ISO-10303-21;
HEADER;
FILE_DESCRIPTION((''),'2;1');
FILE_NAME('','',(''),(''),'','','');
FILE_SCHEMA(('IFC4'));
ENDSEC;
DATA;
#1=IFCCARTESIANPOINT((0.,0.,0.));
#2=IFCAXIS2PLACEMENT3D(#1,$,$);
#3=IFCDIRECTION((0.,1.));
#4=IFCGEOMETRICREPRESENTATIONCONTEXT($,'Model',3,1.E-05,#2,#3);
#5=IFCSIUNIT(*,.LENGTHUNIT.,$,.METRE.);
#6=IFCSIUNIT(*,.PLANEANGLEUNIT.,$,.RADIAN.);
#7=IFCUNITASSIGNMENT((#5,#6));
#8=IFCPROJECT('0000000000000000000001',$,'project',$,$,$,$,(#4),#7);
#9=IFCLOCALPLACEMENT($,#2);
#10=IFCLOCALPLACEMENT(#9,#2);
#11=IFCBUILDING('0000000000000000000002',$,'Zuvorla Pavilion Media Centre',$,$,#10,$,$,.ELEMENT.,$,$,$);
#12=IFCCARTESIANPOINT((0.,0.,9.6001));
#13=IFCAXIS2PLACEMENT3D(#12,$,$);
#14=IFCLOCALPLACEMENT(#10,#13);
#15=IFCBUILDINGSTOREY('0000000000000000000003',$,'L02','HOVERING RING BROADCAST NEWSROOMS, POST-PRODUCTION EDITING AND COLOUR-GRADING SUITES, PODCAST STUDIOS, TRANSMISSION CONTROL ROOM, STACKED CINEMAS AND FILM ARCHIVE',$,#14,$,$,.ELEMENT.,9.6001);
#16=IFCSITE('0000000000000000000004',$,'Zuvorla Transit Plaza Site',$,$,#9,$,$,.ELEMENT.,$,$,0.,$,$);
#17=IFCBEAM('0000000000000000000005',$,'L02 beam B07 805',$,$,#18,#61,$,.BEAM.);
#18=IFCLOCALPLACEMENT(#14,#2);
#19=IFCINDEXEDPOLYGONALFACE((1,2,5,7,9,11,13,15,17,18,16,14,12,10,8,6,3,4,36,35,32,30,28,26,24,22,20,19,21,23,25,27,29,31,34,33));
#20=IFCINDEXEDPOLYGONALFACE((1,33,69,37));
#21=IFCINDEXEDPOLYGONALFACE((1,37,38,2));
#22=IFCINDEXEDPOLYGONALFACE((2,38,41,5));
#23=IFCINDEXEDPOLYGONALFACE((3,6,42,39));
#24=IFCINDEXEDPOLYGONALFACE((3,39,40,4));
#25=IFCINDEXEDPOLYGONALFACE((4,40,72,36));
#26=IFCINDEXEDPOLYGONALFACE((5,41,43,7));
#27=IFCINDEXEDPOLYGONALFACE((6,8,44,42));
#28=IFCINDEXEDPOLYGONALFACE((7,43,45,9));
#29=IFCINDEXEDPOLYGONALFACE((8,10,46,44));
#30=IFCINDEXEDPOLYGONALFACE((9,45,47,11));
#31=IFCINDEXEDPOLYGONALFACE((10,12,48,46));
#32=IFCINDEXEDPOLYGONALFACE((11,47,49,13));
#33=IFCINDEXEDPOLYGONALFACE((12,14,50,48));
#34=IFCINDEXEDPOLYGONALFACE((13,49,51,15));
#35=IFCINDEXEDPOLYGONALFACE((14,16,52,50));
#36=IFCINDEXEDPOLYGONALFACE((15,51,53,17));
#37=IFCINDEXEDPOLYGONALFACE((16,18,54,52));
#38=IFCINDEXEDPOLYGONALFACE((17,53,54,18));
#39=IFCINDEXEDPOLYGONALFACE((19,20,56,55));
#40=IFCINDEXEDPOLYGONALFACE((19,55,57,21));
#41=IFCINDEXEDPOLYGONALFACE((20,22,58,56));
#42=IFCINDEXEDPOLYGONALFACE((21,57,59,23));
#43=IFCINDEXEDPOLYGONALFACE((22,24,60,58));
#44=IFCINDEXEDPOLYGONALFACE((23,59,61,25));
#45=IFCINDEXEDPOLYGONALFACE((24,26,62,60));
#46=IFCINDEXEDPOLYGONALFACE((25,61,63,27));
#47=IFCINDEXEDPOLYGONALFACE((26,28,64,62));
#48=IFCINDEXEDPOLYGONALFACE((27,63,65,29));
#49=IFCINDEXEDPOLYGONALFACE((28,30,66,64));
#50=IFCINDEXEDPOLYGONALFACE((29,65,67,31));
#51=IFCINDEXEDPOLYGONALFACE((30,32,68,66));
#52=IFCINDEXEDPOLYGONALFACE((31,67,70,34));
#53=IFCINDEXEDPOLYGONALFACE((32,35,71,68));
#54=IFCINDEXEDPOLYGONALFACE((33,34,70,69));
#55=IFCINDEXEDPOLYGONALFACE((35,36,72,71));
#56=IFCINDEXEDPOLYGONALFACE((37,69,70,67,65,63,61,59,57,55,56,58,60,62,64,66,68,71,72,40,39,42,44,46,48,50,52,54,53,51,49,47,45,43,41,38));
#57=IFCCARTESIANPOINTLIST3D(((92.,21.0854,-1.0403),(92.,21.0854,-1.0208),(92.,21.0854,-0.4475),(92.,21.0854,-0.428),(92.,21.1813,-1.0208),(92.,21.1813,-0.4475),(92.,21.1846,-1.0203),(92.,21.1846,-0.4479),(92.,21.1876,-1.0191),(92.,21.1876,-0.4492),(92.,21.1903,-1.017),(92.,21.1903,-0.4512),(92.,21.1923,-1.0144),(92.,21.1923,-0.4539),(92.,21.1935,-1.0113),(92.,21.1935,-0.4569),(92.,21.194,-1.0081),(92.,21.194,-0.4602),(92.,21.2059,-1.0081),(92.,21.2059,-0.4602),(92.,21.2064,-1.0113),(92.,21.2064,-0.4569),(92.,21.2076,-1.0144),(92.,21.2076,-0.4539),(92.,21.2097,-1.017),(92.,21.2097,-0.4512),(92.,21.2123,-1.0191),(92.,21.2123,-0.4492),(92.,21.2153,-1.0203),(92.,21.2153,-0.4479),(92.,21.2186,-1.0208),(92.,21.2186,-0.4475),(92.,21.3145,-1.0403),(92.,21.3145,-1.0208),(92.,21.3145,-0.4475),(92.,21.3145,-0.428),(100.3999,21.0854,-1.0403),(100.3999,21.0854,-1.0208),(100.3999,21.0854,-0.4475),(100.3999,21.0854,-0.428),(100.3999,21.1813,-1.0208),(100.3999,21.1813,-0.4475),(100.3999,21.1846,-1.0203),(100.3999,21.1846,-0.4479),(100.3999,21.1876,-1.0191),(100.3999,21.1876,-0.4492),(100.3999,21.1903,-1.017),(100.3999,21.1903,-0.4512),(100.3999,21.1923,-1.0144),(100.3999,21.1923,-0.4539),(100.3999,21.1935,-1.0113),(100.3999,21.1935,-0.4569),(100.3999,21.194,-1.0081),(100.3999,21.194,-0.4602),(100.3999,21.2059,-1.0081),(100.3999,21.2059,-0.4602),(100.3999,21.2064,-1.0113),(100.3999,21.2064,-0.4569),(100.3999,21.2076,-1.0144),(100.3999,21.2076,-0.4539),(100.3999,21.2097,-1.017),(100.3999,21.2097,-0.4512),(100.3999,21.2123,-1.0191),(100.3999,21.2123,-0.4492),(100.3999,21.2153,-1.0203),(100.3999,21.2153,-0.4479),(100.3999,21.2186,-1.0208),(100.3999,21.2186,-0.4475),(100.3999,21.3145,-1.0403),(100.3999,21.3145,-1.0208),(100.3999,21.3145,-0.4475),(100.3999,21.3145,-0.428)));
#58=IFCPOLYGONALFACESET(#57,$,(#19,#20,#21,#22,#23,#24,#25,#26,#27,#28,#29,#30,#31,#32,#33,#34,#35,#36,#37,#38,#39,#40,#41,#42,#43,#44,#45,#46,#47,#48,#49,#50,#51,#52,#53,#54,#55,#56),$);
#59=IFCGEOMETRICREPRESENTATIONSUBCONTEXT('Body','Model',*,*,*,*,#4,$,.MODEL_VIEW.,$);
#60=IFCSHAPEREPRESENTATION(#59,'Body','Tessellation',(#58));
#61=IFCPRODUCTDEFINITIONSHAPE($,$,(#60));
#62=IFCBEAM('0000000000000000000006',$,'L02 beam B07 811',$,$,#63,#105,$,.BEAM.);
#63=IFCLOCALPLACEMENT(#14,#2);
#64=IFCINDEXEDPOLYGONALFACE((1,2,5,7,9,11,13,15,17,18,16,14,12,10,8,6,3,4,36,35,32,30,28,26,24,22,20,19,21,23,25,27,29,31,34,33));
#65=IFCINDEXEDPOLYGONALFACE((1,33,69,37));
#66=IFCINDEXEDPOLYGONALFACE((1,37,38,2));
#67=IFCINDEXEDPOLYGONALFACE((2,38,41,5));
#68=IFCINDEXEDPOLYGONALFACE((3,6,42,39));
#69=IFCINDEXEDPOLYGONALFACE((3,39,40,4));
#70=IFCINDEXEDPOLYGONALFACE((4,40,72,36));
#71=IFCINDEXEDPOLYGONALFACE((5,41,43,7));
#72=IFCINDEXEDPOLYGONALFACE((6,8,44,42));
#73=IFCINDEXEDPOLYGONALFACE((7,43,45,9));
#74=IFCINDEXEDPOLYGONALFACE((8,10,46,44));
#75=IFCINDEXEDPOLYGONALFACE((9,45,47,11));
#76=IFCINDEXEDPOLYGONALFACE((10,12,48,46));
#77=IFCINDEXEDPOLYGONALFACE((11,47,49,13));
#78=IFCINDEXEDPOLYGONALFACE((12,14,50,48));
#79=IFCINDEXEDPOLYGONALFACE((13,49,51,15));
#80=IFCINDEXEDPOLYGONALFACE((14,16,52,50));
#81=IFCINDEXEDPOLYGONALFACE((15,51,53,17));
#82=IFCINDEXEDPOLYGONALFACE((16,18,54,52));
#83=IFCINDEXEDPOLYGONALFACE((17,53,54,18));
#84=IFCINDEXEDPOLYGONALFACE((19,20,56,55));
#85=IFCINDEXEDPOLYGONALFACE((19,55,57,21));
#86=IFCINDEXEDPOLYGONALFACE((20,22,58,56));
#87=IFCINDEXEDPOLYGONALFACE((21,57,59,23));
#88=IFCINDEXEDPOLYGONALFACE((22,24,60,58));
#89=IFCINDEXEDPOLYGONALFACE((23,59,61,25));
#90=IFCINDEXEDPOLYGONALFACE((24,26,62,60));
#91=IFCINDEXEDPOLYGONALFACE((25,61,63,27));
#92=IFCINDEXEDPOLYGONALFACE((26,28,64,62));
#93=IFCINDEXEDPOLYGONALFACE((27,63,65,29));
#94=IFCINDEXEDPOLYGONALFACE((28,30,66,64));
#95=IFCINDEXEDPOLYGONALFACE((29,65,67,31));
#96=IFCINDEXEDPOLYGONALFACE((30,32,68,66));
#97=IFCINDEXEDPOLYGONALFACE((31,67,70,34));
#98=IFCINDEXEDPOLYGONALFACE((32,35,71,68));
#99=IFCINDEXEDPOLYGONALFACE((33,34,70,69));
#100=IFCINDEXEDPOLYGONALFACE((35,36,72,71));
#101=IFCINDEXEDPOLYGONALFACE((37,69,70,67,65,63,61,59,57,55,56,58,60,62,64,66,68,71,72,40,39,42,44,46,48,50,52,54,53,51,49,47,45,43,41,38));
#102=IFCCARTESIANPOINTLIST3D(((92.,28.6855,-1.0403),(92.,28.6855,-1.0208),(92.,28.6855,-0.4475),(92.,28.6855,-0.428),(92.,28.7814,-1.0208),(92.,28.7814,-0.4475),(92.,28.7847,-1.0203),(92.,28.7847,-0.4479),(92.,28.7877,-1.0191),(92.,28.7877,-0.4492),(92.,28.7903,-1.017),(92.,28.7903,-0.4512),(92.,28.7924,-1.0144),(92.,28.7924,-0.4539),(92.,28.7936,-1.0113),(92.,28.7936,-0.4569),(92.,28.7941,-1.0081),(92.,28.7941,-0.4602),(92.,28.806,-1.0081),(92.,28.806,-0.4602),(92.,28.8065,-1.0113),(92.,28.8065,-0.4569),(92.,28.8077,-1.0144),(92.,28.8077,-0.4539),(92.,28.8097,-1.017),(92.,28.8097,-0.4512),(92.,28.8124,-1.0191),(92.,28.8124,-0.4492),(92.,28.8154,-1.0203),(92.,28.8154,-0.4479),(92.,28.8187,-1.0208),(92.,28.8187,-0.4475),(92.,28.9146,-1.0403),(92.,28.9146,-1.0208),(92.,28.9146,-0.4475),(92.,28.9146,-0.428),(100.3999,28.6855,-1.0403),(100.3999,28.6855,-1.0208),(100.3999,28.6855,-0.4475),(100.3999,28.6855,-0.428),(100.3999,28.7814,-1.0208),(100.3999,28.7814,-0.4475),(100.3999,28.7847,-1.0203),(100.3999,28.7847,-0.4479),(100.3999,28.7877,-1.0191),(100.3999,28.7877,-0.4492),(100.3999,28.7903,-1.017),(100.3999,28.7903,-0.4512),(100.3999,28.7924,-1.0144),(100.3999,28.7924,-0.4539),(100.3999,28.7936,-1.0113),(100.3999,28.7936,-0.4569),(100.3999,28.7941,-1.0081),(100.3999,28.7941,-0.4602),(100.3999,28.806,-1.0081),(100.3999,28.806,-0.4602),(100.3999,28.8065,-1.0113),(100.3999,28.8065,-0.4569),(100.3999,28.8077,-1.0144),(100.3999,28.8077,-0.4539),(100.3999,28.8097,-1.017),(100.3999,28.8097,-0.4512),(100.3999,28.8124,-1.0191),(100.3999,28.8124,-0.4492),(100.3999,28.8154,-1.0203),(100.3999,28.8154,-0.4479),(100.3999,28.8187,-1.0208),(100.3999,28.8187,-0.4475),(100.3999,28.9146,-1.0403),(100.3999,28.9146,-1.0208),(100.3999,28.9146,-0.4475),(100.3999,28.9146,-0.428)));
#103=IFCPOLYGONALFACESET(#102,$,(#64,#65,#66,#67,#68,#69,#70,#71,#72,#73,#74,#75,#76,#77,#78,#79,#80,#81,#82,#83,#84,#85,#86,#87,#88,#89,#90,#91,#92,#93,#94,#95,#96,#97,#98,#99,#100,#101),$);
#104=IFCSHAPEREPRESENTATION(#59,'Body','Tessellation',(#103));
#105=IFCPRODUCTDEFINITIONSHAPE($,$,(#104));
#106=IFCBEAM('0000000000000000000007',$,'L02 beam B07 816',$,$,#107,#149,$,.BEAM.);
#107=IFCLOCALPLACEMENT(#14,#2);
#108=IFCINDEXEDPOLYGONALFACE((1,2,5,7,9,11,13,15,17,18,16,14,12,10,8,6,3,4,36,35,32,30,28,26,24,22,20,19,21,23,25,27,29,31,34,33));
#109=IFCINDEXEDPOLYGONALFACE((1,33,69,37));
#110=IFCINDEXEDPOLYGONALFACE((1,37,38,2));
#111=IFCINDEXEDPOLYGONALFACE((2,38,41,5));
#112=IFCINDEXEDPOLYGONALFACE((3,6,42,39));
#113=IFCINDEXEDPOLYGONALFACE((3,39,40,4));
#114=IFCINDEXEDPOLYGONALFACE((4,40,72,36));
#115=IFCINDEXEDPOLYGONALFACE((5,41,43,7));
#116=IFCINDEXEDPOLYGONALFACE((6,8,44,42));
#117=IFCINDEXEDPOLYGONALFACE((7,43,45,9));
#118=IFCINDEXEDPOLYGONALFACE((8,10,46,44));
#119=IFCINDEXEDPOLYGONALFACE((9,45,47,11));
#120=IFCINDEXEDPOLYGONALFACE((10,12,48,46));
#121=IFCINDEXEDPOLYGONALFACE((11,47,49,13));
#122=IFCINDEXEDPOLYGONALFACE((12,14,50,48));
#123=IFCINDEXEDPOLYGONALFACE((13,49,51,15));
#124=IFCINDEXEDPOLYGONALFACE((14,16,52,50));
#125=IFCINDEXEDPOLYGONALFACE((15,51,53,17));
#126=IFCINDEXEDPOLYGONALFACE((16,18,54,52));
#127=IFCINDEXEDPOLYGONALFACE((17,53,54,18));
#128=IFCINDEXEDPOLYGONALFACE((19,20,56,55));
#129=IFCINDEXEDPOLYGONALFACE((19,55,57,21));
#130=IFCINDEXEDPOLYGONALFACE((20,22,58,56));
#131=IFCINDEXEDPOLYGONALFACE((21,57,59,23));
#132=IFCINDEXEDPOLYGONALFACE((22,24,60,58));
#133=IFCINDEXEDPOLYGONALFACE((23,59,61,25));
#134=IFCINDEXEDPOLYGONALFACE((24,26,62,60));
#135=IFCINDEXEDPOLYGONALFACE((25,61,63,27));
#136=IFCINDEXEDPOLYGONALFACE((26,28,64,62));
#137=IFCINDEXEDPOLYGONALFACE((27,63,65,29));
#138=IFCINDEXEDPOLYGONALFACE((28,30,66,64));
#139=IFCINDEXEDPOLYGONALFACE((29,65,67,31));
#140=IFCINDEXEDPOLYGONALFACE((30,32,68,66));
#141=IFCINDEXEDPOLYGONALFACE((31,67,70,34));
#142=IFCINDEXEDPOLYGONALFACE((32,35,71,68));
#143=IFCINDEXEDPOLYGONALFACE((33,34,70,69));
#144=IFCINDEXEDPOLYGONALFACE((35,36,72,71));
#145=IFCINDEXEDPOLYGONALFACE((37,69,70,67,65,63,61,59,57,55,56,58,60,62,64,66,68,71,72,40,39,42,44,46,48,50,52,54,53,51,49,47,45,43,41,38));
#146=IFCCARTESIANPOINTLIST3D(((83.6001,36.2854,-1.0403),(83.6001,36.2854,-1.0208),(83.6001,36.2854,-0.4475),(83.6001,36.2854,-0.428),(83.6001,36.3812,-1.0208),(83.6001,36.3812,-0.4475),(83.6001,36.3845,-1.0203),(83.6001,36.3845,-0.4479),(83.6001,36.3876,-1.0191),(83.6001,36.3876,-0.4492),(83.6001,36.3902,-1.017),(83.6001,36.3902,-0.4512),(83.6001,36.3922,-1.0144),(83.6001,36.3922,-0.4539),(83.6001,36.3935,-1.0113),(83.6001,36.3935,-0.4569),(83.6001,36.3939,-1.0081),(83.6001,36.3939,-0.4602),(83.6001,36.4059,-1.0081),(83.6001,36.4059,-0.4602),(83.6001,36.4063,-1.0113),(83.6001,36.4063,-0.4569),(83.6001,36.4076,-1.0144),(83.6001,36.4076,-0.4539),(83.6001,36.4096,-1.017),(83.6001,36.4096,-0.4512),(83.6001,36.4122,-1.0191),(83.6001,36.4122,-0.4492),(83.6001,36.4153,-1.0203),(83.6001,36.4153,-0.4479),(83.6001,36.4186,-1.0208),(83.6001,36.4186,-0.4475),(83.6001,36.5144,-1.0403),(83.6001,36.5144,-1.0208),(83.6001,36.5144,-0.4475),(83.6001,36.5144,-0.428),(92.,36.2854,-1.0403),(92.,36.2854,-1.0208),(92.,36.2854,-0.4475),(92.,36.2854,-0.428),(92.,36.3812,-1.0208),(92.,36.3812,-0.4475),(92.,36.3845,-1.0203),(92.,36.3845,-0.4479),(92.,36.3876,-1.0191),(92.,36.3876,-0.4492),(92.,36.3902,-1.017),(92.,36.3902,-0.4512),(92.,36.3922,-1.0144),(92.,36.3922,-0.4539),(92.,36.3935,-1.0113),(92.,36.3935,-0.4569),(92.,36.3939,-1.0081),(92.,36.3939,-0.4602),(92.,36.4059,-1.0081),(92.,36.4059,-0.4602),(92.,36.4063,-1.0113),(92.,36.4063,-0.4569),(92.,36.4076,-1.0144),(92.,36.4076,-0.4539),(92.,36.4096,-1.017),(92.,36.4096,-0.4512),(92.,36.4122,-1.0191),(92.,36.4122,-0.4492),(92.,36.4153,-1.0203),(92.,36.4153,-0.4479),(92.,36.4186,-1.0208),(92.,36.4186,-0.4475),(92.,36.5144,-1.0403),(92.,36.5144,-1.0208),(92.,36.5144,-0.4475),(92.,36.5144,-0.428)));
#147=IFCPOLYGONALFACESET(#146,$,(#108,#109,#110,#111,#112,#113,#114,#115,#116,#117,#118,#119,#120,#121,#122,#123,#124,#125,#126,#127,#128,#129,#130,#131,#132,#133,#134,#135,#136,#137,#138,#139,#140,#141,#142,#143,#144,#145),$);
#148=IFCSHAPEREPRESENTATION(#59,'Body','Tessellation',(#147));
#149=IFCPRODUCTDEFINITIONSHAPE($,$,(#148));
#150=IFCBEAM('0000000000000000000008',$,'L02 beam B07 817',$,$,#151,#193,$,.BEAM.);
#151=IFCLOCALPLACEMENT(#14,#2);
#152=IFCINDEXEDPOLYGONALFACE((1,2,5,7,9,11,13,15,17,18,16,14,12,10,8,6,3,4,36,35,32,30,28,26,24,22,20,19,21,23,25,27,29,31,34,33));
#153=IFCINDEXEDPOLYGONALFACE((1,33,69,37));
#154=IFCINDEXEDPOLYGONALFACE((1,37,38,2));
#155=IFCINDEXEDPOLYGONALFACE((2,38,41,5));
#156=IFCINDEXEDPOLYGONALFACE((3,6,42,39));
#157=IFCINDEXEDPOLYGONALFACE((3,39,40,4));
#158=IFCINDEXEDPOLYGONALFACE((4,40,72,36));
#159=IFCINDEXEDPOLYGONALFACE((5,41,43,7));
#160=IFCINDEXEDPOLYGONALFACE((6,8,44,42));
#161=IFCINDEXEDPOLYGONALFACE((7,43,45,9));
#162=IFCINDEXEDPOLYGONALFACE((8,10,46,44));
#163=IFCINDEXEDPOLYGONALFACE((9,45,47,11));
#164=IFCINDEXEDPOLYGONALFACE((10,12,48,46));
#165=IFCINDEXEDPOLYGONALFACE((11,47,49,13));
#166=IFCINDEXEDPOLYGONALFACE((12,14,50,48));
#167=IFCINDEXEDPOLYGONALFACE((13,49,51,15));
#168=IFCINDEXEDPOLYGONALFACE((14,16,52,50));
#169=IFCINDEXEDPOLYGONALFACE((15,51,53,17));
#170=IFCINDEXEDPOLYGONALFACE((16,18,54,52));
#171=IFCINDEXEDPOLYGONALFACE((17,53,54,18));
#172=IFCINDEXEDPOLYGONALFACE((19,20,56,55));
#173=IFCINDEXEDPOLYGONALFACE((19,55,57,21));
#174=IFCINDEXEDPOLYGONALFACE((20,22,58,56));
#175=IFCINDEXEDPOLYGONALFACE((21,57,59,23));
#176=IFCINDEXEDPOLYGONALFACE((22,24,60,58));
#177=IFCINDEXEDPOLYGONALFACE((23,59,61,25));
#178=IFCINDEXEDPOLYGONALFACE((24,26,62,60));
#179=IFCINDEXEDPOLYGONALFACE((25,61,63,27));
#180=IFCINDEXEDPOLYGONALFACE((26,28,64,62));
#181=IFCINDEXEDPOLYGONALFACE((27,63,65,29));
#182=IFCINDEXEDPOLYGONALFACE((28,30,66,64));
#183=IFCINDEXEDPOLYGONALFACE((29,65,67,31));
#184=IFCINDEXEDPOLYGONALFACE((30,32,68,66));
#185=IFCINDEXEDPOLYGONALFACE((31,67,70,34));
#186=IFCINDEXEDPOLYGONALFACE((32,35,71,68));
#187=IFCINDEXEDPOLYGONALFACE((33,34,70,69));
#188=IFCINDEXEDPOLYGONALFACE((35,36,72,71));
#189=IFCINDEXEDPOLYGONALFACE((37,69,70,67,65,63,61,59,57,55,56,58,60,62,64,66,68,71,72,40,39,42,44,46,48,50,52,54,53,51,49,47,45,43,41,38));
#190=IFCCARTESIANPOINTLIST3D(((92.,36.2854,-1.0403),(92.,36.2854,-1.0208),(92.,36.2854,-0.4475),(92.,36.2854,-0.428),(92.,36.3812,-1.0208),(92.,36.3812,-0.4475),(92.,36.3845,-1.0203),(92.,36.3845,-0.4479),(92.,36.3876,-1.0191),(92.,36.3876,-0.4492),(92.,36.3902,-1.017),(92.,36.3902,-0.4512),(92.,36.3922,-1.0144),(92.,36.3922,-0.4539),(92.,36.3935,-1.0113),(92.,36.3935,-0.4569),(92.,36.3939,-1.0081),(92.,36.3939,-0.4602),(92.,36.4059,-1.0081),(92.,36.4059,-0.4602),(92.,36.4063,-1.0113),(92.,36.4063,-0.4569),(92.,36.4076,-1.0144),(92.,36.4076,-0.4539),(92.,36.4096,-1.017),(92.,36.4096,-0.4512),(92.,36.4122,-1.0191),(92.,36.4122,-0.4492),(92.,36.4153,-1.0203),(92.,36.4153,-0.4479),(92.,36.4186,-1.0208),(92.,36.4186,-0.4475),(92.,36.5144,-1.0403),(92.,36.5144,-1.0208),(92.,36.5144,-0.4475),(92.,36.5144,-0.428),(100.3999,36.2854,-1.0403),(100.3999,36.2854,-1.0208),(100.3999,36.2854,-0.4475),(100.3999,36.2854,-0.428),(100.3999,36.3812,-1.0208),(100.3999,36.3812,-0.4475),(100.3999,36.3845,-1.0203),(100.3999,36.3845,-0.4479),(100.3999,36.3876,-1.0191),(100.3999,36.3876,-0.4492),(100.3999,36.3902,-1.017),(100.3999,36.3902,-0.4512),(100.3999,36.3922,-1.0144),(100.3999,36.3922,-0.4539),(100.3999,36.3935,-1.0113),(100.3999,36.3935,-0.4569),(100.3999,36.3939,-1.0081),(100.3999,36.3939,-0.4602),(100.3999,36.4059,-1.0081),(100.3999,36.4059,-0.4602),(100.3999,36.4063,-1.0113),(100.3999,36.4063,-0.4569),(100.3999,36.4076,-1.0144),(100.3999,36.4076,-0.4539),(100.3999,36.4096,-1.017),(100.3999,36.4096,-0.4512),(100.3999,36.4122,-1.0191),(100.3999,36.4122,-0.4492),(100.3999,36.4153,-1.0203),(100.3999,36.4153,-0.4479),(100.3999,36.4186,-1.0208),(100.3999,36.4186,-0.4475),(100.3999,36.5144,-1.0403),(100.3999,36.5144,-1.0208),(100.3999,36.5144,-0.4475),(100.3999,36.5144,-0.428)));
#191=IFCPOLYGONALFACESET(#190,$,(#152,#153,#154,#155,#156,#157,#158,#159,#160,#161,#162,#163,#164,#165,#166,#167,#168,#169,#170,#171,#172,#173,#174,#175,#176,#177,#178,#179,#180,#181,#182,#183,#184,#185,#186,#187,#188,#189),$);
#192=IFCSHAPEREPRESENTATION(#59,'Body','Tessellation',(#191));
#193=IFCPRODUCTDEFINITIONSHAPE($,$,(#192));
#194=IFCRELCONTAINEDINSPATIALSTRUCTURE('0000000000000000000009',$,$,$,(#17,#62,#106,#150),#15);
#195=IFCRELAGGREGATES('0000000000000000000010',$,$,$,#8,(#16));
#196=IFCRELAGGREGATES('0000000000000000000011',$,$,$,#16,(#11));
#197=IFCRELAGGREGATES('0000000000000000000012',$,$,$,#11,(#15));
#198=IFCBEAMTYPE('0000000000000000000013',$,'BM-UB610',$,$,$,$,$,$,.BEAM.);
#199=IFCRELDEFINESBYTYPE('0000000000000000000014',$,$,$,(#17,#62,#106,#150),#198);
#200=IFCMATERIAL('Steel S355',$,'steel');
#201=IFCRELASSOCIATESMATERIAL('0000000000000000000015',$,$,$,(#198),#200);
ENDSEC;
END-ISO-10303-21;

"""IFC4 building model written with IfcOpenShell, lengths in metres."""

from ifc_helpers import new_model, si_unit, direction, frame, origin, origin_2d, place, context, subcontext, project, spatial, i_section, extrude, material, material_profile, profile_set, type_object, element, save


model = new_model("IFC4")

# Units and contexts
model_context = context("Model", 3, precision=1e-05, world=origin(), true_north=direction((0.0, 1.0)))
body_context = subcontext(model_context, "Body", "Model", "MODEL_VIEW")
ifc_project = project(units=[si_unit("LENGTHUNIT", "METRE"), si_unit("PLANEANGLEUNIT", "RADIAN")], contexts=[model_context])

# Site, building, storey
site_placement = place(None, origin())
site = spatial("IfcSite", under=ifc_project, at=site_placement, Name="Zuvorla Transit Plaza Site", CompositionType="ELEMENT", RefElevation=0.0)
building_placement = place(site_placement, origin())
building = spatial("IfcBuilding", under=site, at=building_placement, Name="Zuvorla Pavilion Media Centre", CompositionType="ELEMENT")
storey_placement = place(building_placement, frame((0.0, 0.0, 9.6001)))
storey = spatial("IfcBuildingStorey", under=building, at=storey_placement, Name="L02", Description="HOVERING RING BROADCAST NEWSROOMS, POST-PRODUCTION EDITING AND COLOUR-GRADING SUITES, PODCAST STUDIOS, TRANSMISSION CONTROL ROOM, STACKED CINEMAS AND FILM ARCHIVE", CompositionType="ELEMENT", Elevation=9.6001)

# Beams
ifc_material_1 = material(Name="Steel S355", Category="steel")
ifc_material_profile_1 = material_profile(ifc_material_1, i_section(OverallWidth=0.229, OverallDepth=0.6123, WebThickness=0.012, FlangeThickness=0.0195, FilletRadius=0.0127, at=origin_2d()), Name="UB 610x229x125")
ifc_profile_set_1 = profile_set([ifc_material_profile_1], Name="Steel S355")
beam_type_1 = type_object("IfcBeamType", Name="BM-UB610", PredefinedType="BEAM", material=ifc_profile_set_1)
for number, where, z_axis, x_axis, name in (
    (1, (92.0, 21.2, -0.7341), (1.0, 0.0, 0.0), (0.0, 1.0, 0.0), "L02 beam B07 805"),
    (2, (92.0, 28.8, -0.7341), (1.0, 0.0, 0.0), (0.0, 1.0, 0.0), "L02 beam B07 811"),
    (3, (83.6001, 36.3999, -0.7341), (1.0, 0.0, 0.0), (0.0, 1.0, 0.0), "L02 beam B07 816"),
    (4, (92.0, 36.3999, -0.7341), (1.0, 0.0, 0.0), (0.0, 1.0, 0.0), "L02 beam B07 817"),
):
    element("IfcBeam", number, at=place(storey_placement, frame(where, z_axis=z_axis, x_axis=x_axis)), inside=storey, type_object=beam_type_1, Name=name, PredefinedType="BEAM", context=body_context, shape_type="SweptSolid", body=[
        extrude(i_section(OverallWidth=0.229, OverallDepth=0.6123, WebThickness=0.012, FlangeThickness=0.0195, FilletRadius=0.0127, at=origin_2d()), origin(), (0.0, 0.0, 1.0), 8.3999),
    ])

save(model, "model.ifc")
